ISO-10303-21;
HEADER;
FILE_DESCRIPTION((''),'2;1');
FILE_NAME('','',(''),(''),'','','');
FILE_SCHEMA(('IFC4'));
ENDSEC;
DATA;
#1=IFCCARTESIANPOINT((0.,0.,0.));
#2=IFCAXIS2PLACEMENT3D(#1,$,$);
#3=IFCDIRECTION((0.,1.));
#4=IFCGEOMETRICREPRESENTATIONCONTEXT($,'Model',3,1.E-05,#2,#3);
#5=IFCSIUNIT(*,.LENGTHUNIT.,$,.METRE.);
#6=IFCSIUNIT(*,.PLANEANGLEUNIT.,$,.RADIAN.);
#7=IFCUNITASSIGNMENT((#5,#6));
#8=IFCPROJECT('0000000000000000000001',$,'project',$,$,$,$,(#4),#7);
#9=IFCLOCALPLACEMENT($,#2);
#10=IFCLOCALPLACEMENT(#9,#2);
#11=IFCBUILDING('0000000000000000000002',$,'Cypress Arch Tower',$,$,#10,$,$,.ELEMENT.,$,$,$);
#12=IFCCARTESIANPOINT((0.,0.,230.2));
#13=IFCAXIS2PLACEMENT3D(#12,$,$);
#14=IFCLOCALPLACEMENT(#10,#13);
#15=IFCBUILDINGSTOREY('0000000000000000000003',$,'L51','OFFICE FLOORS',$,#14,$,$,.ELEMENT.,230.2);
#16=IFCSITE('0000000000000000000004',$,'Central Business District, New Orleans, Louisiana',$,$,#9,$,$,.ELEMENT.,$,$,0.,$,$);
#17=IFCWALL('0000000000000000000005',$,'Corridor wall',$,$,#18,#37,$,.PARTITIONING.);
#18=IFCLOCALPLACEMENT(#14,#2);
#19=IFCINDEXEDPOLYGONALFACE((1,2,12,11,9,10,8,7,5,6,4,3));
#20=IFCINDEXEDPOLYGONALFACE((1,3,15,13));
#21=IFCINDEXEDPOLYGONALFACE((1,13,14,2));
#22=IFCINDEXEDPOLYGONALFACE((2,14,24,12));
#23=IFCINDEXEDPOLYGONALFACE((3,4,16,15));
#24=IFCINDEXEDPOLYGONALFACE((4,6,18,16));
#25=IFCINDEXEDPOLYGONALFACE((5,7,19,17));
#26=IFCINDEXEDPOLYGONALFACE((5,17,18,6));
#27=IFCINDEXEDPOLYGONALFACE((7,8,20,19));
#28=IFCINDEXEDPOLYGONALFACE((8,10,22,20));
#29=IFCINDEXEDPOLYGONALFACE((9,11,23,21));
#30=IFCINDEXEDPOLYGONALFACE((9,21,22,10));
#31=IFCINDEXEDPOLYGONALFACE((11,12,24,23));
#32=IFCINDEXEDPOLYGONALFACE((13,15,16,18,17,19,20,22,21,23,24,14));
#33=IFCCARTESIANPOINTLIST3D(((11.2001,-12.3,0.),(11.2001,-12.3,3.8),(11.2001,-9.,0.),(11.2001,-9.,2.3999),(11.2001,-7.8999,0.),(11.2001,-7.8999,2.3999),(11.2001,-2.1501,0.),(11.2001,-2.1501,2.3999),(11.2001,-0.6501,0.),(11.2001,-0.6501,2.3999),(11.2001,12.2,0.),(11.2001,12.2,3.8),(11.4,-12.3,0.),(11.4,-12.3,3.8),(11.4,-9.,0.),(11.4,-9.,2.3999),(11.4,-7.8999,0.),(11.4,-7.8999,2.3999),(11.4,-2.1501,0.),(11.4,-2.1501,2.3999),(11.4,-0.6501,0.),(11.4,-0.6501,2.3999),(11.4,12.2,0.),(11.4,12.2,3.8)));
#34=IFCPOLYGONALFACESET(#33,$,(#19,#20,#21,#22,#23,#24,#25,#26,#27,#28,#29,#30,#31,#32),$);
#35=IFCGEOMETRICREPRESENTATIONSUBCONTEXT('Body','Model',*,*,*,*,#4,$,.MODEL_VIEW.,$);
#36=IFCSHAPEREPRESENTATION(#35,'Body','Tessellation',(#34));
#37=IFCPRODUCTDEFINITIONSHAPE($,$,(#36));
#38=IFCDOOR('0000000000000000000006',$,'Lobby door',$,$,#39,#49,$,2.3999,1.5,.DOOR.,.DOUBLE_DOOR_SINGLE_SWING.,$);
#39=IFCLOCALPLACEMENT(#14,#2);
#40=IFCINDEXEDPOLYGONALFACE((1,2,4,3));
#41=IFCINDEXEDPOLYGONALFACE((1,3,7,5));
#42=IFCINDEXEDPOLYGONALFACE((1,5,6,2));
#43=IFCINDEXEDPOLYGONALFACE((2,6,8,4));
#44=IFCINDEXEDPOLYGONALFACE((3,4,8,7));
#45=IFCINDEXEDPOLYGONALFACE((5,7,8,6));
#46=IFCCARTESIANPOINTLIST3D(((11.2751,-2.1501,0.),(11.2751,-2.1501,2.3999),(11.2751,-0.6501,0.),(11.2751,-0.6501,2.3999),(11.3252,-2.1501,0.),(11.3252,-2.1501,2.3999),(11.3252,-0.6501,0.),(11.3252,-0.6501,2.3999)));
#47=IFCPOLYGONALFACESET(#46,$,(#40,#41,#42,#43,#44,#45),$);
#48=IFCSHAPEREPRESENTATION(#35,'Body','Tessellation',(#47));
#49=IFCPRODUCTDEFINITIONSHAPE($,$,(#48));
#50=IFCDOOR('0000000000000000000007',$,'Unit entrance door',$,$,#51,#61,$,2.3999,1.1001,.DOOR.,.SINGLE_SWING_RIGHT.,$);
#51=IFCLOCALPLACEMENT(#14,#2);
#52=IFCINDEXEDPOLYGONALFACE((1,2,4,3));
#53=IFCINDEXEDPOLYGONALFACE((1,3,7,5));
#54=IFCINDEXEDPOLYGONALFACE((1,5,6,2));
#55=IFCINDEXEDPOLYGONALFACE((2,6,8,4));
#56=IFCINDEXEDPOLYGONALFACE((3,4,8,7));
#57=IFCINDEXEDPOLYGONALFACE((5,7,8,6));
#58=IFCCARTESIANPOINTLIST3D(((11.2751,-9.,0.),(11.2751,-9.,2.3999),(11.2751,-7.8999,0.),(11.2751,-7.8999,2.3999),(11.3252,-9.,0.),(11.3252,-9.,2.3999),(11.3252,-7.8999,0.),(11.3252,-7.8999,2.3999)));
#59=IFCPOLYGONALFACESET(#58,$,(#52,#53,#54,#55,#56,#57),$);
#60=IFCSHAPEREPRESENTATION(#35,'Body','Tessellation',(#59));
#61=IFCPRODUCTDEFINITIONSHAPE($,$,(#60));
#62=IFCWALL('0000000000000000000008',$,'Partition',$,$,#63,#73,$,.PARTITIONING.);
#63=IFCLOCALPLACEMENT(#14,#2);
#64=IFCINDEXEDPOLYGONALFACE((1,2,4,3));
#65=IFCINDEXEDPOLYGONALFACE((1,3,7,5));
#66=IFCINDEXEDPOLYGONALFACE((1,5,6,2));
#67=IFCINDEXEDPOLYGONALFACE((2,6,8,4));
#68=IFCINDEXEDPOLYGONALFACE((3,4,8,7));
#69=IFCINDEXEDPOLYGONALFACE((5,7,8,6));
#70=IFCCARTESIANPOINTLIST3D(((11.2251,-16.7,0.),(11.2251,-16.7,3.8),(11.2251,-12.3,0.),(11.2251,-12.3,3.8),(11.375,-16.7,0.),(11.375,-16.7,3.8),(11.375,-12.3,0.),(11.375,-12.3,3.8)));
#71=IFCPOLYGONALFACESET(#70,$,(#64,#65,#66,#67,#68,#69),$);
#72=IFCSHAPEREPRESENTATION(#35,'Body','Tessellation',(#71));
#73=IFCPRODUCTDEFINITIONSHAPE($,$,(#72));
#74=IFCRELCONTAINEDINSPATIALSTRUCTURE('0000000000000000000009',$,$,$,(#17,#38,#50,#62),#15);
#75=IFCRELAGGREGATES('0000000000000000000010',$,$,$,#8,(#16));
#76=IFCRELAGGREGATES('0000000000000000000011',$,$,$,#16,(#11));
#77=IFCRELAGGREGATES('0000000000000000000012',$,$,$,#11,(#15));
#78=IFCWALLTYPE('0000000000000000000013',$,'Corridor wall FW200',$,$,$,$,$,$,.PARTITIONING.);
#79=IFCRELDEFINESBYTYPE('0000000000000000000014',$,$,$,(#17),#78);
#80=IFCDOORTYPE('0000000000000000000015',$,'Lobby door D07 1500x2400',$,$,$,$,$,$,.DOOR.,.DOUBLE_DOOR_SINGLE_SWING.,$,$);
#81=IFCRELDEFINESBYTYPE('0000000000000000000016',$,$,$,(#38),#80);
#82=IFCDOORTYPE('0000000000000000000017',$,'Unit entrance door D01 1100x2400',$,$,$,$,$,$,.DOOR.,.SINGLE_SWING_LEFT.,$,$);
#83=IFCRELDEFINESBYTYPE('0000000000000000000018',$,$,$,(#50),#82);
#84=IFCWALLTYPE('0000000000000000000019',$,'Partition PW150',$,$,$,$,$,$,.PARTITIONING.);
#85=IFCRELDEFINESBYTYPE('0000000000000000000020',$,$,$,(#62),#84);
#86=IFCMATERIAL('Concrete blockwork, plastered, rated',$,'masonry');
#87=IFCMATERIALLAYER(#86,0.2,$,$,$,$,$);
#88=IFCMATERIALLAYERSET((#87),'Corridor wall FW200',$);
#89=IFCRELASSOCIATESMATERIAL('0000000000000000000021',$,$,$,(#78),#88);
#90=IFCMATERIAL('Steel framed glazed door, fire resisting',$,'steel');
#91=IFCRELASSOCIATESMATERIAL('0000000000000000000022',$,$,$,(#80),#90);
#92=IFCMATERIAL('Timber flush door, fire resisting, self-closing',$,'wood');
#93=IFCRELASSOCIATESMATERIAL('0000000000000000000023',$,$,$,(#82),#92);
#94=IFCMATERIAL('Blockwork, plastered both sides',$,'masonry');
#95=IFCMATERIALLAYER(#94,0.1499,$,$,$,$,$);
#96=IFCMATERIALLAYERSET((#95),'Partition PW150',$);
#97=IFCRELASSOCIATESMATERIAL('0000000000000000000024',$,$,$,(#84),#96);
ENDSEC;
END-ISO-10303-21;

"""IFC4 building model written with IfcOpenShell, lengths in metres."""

from ifc_helpers import new_model, si_unit, direction, frame, frame_2d, origin, place, context, subcontext, project, spatial, rectangle, extrude, material, layer, layer_set, type_object, element, fill, save


model = new_model("IFC4")

# Units and contexts
model_context = context("Model", 3, precision=1e-05, world=origin(), true_north=direction((0.0, 1.0)))
body_context = subcontext(model_context, "Body", "Model", "MODEL_VIEW")
ifc_project = project(units=[si_unit("LENGTHUNIT", "METRE"), si_unit("PLANEANGLEUNIT", "RADIAN")], contexts=[model_context])

# Site, building, storey
site_placement = place(None, origin())
site = spatial("IfcSite", under=ifc_project, at=site_placement, Name="Central Business District, New Orleans, Louisiana", CompositionType="ELEMENT", RefElevation=0.0)
building_placement = place(site_placement, origin())
building = spatial("IfcBuilding", under=site, at=building_placement, Name="Cypress Arch Tower", CompositionType="ELEMENT")
storey_placement = place(building_placement, frame((0.0, 0.0, 230.2)))
storey = spatial("IfcBuildingStorey", under=building, at=storey_placement, Name="L51", Description="OFFICE FLOORS", CompositionType="ELEMENT", Elevation=230.2)

# Shared definitions
ifc_material_1 = material(Name="Concrete blockwork, plastered, rated", Category="masonry")
ifc_layer_1 = layer(ifc_material_1, 0.2)
ifc_layer_set_1 = layer_set([ifc_layer_1], Name="Corridor wall FW200")
wall_type_1 = type_object("IfcWallType", Name="Corridor wall FW200", PredefinedType="PARTITIONING", material=ifc_layer_set_1)

# Wall, openings, doors
wall_1_placement = place(storey_placement, frame((11.3, -12.3, 0.0), z_axis=(0.0, 0.0, 1.0), x_axis=(0.0, 1.0, 0.0)))
wall_1 = element("IfcWall", 1, at=wall_1_placement, inside=storey, type_object=wall_type_1, Name="Corridor wall", PredefinedType="PARTITIONING", context=body_context, shape_type="SweptSolid", body=[
    extrude(rectangle(XDim=24.5, YDim=0.2, at=frame_2d((12.25, 0.0))), origin(), (0.0, 0.0, 1.0), 3.8),
])
opening_1_placement = place(wall_1_placement, frame((10.1499, 0.0, 0.0)))
opening_1 = element("IfcOpeningElement", 2, at=opening_1_placement, cuts=wall_1, PredefinedType="OPENING", context=body_context, shape_type="SweptSolid", body=[
    extrude(rectangle(XDim=1.5, YDim=2.3999, at=frame_2d((0.75, 1.2))), frame((0.0, 0.1099, 0.0), z_axis=(0.0, -1.0, 0.0), x_axis=(1.0, 0.0, 0.0)), (0.0, 0.0, 1.0), 0.22),
])
opening_2_placement = place(wall_1_placement, frame((3.3, 0.0, 0.0)))
opening_2 = element("IfcOpeningElement", 3, at=opening_2_placement, cuts=wall_1, PredefinedType="OPENING", context=body_context, shape_type="SweptSolid", body=[
    extrude(rectangle(XDim=1.1001, YDim=2.3999, at=frame_2d((0.55, 1.2))), frame((0.0, 0.1099, 0.0), z_axis=(0.0, -1.0, 0.0), x_axis=(1.0, 0.0, 0.0)), (0.0, 0.0, 1.0), 0.22),
])
ifc_material_2 = material(Name="Steel framed glazed door, fire resisting", Category="steel")
door_type_1 = type_object("IfcDoorType", Name="Lobby door D07 1500x2400", OperationType="DOUBLE_DOOR_SINGLE_SWING", PredefinedType="DOOR", material=ifc_material_2)
door_1_placement = place(opening_1_placement, origin())
door_1 = element("IfcDoor", 4, at=door_1_placement, inside=storey, type_object=door_type_1, Name="Lobby door", OperationType="DOUBLE_DOOR_SINGLE_SWING", OverallHeight=2.3999, OverallWidth=1.5, PredefinedType="DOOR", context=body_context, shape_type="SweptSolid", body=[
    extrude(rectangle(XDim=1.5, YDim=2.3999, at=frame_2d((0.75, 1.2))), frame((0.0, 0.0249, 0.0), z_axis=(0.0, -1.0, 0.0), x_axis=(1.0, 0.0, 0.0)), (0.0, 0.0, 1.0), 0.05),
])
fill(opening_1, door_1)
ifc_material_3 = material(Name="Timber flush door, fire resisting, self-closing", Category="wood")
door_type_2 = type_object("IfcDoorType", Name="Unit entrance door D01 1100x2400", OperationType="SINGLE_SWING_LEFT", PredefinedType="DOOR", material=ifc_material_3)
door_2_placement = place(opening_2_placement, origin())
door_2 = element("IfcDoor", 5, at=door_2_placement, inside=storey, type_object=door_type_2, Name="Unit entrance door", OperationType="SINGLE_SWING_RIGHT", OverallHeight=2.3999, OverallWidth=1.1001, PredefinedType="DOOR", context=body_context, shape_type="SweptSolid", body=[
    extrude(rectangle(XDim=1.1001, YDim=2.3999, at=frame_2d((0.55, 1.2))), frame((0.0, 0.0249, 0.0), z_axis=(0.0, -1.0, 0.0), x_axis=(1.0, 0.0, 0.0)), (0.0, 0.0, 1.0), 0.05),
])
fill(opening_2, door_2)

# Wall
ifc_material_4 = material(Name="Blockwork, plastered both sides", Category="masonry")
ifc_layer_2 = layer(ifc_material_4, 0.1499)
ifc_layer_set_2 = layer_set([ifc_layer_2], Name="Partition PW150")
wall_type_2 = type_object("IfcWallType", Name="Partition PW150", PredefinedType="PARTITIONING", material=ifc_layer_set_2)
wall_2_placement = place(storey_placement, frame((11.3, -16.7, 0.0), z_axis=(0.0, 0.0, 1.0), x_axis=(0.0, 1.0, 0.0)))
element("IfcWall", 6, at=wall_2_placement, inside=storey, type_object=wall_type_2, Name="Partition", PredefinedType="PARTITIONING", context=body_context, shape_type="SweptSolid", body=[
    extrude(rectangle(XDim=4.3999, YDim=0.1499, at=frame_2d((2.2, 0.0))), origin(), (0.0, 0.0, 1.0), 3.8),
])

save(model, "model.ifc")
